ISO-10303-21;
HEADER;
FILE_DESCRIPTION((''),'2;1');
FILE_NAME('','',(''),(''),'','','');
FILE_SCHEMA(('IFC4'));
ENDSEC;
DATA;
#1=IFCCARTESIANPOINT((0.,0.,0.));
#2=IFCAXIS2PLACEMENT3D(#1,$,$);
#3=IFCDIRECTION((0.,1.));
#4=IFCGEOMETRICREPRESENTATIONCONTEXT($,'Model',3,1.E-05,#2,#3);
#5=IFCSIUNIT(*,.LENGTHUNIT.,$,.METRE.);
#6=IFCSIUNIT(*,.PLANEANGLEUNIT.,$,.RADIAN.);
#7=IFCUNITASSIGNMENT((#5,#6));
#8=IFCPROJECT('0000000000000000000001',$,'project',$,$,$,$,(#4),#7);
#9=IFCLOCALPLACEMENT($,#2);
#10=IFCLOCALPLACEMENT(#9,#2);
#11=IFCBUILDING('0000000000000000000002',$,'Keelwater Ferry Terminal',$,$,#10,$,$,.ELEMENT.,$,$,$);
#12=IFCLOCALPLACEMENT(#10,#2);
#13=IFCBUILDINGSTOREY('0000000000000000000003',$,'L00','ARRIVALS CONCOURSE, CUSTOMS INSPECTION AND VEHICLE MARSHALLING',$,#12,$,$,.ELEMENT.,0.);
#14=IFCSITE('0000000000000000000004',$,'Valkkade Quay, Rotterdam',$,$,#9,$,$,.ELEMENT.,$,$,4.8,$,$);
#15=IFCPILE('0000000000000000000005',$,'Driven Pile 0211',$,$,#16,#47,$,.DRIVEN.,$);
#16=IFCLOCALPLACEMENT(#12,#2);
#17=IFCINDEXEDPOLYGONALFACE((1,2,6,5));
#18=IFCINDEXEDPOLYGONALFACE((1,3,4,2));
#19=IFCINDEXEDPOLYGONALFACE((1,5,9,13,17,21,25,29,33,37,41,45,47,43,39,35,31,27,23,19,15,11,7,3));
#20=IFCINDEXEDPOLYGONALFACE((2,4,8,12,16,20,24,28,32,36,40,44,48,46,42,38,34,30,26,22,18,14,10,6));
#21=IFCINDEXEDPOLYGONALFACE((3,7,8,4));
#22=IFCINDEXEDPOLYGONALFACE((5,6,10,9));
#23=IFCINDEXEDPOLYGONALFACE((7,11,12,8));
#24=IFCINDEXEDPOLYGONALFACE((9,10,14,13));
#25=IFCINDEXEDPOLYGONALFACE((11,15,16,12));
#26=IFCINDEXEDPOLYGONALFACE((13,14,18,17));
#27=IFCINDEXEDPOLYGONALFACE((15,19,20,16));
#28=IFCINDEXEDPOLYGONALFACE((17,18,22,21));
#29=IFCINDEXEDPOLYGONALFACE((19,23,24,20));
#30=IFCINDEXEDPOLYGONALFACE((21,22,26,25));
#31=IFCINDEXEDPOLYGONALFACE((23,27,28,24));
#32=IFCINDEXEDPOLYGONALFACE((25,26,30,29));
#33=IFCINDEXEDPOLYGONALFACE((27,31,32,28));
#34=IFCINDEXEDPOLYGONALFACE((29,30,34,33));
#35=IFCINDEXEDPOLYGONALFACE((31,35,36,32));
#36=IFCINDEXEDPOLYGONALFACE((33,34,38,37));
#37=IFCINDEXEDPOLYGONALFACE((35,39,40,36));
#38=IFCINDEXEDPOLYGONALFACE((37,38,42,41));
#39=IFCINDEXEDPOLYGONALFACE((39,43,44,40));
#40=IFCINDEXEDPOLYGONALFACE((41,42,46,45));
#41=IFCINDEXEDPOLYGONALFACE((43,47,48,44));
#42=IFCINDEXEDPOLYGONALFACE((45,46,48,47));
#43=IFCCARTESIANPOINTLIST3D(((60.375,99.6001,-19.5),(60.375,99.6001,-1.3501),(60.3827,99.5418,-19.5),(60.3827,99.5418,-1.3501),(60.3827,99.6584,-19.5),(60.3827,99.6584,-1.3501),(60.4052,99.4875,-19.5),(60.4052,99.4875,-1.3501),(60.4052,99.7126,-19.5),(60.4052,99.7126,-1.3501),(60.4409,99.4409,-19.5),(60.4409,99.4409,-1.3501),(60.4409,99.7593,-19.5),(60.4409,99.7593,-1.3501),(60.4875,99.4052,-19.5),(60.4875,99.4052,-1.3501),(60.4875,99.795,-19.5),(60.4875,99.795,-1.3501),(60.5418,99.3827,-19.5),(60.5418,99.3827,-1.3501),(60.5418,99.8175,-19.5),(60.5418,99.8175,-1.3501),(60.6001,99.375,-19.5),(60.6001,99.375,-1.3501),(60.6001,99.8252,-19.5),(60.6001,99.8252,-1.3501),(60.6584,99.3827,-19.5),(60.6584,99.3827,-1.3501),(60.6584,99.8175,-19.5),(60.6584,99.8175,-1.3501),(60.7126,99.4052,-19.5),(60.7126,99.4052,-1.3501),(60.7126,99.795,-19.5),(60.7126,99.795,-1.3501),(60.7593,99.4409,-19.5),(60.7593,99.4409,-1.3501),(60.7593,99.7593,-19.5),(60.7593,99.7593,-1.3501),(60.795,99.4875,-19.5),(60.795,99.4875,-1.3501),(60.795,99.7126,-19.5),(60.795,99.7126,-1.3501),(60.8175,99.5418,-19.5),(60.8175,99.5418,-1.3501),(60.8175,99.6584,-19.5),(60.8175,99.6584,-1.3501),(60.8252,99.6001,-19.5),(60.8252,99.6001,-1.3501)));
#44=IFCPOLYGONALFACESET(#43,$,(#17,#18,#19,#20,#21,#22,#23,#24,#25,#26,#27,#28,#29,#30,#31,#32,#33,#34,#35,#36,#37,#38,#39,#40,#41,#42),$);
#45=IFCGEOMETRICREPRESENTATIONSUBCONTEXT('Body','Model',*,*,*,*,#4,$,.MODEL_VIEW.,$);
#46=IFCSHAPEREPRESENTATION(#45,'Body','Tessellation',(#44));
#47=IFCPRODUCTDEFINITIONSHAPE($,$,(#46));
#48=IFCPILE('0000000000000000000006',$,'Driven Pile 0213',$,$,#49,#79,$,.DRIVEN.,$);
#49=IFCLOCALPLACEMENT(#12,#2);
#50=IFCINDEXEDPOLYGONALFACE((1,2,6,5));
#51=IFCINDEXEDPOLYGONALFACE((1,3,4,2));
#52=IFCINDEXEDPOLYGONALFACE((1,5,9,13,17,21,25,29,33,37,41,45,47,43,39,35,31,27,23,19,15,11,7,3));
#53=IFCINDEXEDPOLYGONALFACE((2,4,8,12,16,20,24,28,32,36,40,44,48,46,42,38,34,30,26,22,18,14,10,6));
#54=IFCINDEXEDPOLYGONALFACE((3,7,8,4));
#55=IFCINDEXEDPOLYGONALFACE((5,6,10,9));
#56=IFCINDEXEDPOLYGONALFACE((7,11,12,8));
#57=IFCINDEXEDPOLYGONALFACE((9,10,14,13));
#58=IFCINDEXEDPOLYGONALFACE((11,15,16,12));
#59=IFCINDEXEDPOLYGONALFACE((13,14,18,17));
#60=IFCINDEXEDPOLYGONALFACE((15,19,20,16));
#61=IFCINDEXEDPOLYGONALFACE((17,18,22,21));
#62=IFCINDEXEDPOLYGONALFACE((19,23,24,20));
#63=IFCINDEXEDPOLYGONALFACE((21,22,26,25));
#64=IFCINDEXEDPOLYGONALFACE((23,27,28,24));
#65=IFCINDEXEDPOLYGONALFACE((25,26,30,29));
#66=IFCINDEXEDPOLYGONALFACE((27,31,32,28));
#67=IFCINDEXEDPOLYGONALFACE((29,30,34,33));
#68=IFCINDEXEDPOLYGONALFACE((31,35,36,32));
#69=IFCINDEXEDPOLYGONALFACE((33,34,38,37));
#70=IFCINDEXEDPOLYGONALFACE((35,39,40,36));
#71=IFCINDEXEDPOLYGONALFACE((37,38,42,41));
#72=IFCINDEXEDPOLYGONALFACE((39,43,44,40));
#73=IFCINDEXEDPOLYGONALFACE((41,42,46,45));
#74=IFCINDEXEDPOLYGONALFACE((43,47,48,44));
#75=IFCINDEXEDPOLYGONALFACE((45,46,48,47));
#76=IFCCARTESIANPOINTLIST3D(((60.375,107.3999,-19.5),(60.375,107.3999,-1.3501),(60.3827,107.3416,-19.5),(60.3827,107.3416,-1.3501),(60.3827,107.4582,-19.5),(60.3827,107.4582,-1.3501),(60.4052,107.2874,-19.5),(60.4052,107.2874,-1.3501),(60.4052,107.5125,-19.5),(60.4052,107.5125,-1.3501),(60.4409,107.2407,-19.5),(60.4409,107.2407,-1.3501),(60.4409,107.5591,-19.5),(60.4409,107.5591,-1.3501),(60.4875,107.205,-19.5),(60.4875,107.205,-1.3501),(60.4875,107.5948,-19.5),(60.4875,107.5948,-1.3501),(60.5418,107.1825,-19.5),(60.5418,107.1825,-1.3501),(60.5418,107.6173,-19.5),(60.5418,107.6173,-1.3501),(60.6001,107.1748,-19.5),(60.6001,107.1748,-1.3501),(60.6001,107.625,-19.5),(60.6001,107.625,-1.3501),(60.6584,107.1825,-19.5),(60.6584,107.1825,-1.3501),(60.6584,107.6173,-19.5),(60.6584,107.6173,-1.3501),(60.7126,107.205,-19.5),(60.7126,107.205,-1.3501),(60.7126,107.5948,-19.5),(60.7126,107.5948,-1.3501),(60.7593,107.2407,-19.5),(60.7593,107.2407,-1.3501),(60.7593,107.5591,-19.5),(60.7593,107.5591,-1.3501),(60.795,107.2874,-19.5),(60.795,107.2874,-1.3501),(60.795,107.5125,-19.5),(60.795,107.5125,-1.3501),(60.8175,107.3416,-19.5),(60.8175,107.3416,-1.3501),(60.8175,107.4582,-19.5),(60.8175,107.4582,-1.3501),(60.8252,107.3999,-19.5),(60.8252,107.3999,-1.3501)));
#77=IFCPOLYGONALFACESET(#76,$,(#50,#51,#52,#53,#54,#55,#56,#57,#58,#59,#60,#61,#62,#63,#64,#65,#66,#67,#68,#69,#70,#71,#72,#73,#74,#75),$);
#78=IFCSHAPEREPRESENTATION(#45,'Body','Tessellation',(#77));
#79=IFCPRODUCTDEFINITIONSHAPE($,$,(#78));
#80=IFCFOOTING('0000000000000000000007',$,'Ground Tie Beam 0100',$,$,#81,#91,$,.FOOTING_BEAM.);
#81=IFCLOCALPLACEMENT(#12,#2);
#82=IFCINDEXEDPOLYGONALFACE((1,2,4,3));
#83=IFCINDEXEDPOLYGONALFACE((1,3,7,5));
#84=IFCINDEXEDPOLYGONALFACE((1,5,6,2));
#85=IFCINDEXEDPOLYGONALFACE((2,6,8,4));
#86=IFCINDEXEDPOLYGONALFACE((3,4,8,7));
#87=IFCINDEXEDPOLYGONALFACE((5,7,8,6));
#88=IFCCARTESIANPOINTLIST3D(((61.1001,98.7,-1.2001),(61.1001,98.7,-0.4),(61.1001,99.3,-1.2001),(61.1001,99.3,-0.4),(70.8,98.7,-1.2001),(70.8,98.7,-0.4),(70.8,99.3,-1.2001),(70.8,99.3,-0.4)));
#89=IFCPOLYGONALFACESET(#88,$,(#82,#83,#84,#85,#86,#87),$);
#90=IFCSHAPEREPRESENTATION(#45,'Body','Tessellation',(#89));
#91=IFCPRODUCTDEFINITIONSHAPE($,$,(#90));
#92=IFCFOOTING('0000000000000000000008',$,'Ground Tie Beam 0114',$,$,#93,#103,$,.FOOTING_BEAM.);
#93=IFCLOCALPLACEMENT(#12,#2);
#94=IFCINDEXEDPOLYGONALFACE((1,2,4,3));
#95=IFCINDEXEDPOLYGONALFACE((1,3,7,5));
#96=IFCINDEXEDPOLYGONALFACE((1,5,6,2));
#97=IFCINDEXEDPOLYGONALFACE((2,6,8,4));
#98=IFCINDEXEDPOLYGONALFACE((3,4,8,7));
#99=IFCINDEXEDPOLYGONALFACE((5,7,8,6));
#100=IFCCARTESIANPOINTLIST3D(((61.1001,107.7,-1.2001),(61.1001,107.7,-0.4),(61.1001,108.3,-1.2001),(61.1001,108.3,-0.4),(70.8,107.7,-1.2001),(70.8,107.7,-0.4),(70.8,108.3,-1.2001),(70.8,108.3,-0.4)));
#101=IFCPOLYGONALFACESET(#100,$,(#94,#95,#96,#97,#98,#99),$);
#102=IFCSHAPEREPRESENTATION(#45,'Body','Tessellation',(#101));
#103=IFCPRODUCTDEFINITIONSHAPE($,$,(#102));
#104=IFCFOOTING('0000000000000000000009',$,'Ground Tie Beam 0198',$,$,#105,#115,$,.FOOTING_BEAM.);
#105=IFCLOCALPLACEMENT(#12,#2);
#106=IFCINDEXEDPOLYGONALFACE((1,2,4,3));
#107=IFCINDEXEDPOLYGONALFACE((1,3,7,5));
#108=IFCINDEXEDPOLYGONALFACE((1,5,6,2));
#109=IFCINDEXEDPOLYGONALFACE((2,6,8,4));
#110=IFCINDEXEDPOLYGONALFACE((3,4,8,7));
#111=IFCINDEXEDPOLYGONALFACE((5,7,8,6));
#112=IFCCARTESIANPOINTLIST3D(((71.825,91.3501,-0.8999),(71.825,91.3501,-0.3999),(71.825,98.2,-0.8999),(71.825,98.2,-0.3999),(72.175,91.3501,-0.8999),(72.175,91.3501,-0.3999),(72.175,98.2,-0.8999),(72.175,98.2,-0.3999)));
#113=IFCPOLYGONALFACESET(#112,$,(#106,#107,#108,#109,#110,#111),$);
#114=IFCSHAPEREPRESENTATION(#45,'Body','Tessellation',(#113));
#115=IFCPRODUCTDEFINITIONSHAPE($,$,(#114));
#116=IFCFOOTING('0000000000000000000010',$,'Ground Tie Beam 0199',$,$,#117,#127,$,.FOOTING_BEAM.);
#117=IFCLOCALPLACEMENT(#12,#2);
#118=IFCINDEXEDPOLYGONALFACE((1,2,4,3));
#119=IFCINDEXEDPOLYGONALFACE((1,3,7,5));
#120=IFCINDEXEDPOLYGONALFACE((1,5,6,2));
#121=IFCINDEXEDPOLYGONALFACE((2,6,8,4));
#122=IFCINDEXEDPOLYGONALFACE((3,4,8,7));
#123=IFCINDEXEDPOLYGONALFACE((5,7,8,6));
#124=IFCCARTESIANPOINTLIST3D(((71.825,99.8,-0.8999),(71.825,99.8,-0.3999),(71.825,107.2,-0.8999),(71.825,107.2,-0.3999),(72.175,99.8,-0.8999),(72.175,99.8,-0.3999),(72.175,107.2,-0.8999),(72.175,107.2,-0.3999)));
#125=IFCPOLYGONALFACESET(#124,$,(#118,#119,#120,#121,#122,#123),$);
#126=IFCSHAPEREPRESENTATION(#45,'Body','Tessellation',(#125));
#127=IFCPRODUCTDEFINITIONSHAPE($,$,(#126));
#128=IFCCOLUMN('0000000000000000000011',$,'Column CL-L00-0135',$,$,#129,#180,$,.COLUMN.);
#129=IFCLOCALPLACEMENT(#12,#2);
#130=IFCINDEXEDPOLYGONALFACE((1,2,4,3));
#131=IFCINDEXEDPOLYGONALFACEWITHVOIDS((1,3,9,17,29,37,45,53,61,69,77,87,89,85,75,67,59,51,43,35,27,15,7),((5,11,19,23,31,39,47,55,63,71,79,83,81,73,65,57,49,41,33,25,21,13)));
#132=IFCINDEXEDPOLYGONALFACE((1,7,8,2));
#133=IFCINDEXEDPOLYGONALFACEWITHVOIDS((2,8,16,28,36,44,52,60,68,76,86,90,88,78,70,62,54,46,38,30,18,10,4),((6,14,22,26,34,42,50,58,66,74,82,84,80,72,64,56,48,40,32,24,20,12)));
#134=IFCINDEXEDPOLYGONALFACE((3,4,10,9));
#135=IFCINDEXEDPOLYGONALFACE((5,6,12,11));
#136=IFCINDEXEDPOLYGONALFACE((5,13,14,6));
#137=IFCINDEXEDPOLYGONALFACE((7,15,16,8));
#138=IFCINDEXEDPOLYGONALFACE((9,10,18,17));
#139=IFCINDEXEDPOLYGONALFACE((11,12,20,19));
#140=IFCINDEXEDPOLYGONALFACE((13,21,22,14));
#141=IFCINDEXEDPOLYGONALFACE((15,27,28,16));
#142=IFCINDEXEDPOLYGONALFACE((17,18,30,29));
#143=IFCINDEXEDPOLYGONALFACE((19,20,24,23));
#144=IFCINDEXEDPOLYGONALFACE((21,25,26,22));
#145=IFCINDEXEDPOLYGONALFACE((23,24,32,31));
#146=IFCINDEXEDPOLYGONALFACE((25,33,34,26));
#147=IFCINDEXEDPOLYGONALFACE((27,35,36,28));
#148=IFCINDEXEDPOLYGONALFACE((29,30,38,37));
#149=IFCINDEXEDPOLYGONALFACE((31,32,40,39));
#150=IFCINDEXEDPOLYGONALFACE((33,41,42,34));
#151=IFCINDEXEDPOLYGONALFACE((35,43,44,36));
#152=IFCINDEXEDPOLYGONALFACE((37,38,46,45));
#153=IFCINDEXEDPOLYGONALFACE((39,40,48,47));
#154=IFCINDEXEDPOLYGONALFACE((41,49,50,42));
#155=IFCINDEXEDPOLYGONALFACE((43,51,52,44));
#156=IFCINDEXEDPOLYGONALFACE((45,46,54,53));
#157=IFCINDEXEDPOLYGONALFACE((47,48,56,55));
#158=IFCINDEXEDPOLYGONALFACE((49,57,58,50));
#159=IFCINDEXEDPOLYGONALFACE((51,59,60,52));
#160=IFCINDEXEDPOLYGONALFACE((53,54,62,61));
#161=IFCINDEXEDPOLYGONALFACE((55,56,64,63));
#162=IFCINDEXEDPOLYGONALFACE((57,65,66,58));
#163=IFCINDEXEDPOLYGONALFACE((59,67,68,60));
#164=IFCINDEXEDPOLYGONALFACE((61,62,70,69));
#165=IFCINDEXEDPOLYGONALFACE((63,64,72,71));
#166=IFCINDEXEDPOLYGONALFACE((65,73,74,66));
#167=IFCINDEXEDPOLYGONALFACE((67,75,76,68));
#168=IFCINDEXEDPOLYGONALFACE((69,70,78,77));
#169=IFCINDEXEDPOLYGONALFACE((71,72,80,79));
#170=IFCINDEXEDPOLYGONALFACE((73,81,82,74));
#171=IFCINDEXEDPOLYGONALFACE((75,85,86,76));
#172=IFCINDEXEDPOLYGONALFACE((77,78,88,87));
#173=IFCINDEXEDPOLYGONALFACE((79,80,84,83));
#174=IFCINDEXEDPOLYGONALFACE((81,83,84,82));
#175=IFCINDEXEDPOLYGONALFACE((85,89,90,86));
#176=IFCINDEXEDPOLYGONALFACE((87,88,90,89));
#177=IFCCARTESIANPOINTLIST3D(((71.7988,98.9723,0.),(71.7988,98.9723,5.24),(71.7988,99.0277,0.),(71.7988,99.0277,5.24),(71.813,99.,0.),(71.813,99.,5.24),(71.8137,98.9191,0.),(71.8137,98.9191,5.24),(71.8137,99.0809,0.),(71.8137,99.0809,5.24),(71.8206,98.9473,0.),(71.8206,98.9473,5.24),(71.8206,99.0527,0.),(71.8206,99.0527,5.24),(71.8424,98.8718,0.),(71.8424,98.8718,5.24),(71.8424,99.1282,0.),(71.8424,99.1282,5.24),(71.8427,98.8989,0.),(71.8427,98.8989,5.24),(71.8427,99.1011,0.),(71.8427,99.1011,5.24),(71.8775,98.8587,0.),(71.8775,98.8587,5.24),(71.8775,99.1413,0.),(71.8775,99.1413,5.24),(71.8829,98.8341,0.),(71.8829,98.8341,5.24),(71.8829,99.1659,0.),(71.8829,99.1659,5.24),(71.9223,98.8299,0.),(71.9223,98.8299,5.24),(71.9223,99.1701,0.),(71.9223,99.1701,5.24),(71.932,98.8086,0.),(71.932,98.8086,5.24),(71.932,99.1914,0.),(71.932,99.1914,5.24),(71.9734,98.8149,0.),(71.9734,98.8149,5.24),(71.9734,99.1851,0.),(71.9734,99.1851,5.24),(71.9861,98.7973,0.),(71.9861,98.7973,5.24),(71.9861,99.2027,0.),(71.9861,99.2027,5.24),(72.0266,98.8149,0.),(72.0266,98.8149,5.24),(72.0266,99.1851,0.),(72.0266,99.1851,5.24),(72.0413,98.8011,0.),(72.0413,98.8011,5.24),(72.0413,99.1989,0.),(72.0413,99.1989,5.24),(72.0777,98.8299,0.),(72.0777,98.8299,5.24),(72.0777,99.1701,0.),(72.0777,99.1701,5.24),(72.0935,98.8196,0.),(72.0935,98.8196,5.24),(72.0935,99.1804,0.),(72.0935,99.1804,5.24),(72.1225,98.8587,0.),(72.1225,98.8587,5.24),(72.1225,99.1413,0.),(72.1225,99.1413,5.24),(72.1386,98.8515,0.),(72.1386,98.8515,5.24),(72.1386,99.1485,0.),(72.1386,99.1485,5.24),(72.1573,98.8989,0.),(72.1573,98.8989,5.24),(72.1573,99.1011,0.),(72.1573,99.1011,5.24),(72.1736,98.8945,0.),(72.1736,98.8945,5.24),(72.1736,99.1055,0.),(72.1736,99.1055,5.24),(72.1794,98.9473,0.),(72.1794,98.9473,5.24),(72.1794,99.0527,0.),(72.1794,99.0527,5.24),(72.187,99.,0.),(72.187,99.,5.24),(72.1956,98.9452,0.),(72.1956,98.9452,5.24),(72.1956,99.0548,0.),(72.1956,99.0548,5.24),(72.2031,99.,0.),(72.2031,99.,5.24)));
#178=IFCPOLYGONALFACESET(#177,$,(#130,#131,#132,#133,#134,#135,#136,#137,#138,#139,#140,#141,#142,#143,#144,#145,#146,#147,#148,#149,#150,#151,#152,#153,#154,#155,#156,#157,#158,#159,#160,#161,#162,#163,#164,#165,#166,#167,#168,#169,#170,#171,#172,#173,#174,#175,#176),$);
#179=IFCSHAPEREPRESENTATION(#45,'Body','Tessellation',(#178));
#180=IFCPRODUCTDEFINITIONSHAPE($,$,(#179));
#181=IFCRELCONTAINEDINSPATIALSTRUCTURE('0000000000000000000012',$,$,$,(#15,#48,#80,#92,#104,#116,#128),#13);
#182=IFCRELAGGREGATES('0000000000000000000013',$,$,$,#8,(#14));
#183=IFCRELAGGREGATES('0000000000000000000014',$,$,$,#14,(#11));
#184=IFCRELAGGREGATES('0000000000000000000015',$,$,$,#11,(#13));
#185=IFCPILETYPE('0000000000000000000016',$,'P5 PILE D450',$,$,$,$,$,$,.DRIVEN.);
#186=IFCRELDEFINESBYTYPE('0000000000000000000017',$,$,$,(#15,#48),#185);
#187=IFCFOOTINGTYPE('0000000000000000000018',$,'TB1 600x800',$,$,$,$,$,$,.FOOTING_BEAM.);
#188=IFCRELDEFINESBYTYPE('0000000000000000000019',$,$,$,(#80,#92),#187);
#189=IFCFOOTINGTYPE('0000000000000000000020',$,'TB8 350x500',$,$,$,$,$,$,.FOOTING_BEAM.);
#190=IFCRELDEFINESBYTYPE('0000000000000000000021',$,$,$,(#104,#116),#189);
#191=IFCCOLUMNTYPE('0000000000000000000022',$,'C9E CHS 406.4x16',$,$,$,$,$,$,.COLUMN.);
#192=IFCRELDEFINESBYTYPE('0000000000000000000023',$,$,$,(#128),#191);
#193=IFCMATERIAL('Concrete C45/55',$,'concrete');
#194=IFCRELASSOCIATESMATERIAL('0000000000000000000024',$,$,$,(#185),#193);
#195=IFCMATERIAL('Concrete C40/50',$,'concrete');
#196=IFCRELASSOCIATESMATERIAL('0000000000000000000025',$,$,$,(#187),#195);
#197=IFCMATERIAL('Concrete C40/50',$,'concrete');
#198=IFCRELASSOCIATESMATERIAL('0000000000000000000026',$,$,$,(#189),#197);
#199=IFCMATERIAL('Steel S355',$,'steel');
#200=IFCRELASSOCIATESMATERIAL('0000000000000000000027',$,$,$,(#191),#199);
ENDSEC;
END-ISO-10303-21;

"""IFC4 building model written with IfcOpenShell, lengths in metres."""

from ifc_helpers import new_model, si_unit, direction, frame, origin, origin_2d, place, context, subcontext, project, spatial, rectangle, circle, hollow_circle, extrude, material, material_profile, profile_set, type_object, element, save


model = new_model("IFC4")

# Units and contexts
model_context = context("Model", 3, precision=1e-05, world=origin(), true_north=direction((0.0, 1.0)))
body_context = subcontext(model_context, "Body", "Model", "MODEL_VIEW")
ifc_project = project(units=[si_unit("LENGTHUNIT", "METRE"), si_unit("PLANEANGLEUNIT", "RADIAN")], contexts=[model_context])

# Site, building, storey
site_placement = place(None, origin())
site = spatial("IfcSite", under=ifc_project, at=site_placement, Name="Valkkade Quay, Rotterdam", CompositionType="ELEMENT", RefElevation=4.8)
building_placement = place(site_placement, origin())
building = spatial("IfcBuilding", under=site, at=building_placement, Name="Keelwater Ferry Terminal", CompositionType="ELEMENT")
storey_placement = place(building_placement, origin())
storey = spatial("IfcBuildingStorey", under=building, at=storey_placement, Name="L00", Description="ARRIVALS CONCOURSE, CUSTOMS INSPECTION AND VEHICLE MARSHALLING", CompositionType="ELEMENT", Elevation=0.0)

# Piles
ifc_material_1 = material(Name="Concrete C45/55", Category="concrete")
ifc_material_profile_1 = material_profile(ifc_material_1, circle(Radius=0.2251, at=origin_2d()), Name="PILE D450")
ifc_profile_set_1 = profile_set([ifc_material_profile_1], Name="Concrete C45/55")
pile_type_1 = type_object("IfcPileType", Name="P5 PILE D450", PredefinedType="DRIVEN", material=ifc_profile_set_1)
for number, where, z_axis, x_axis, name in (
    (1, (60.6001, 99.6001, -1.3501), (0.0, 0.0, -1.0), (1.0, 0.0, 0.0), "Driven Pile 0211"),
    (2, (60.6001, 107.3999, -1.3501), (0.0, 0.0, -1.0), (1.0, 0.0, 0.0), "Driven Pile 0213"),
):
    element("IfcPile", number, at=place(storey_placement, frame(where, z_axis=z_axis, x_axis=x_axis)), inside=storey, type_object=pile_type_1, Name=name, PredefinedType="DRIVEN", context=body_context, shape_type="SweptSolid", body=[
        extrude(circle(Radius=0.2251, at=origin_2d()), origin(), (0.0, 0.0, 1.0), 18.1499),
    ])

# Footings
ifc_material_2 = material(Name="Concrete C40/50", Category="concrete")
ifc_material_profile_2 = material_profile(ifc_material_2, rectangle(XDim=0.6001, YDim=0.8, at=origin_2d()), Name="TB 600x800")
ifc_profile_set_2 = profile_set([ifc_material_profile_2], Name="Concrete C40/50")
footing_type_1 = type_object("IfcFootingType", Name="TB1 600x800", PredefinedType="FOOTING_BEAM", material=ifc_profile_set_2)
for number, where, z_axis, x_axis, name in (
    (3, (61.1001, 99.0, -0.8), (1.0, 0.0, 0.0), (0.0, 1.0, 0.0), "Ground Tie Beam 0100"),
    (4, (61.1001, 108.0, -0.8), (1.0, 0.0, 0.0), (0.0, 1.0, 0.0), "Ground Tie Beam 0114"),
):
    element("IfcFooting", number, at=place(storey_placement, frame(where, z_axis=z_axis, x_axis=x_axis)), inside=storey, type_object=footing_type_1, Name=name, PredefinedType="FOOTING_BEAM", context=body_context, shape_type="SweptSolid", body=[
        extrude(rectangle(XDim=0.6001, YDim=0.8, at=origin_2d()), origin(), (0.0, 0.0, 1.0), 9.7),
    ])
ifc_material_3 = material(Name="Concrete C40/50", Category="concrete")
ifc_material_profile_3 = material_profile(ifc_material_3, rectangle(XDim=0.3501, YDim=0.5, at=origin_2d()), Name="TB 350x500")
ifc_profile_set_3 = profile_set([ifc_material_profile_3], Name="Concrete C40/50")
footing_type_2 = type_object("IfcFootingType", Name="TB8 350x500", PredefinedType="FOOTING_BEAM", material=ifc_profile_set_3)
footing_1_placement = place(storey_placement, frame((72.0, 91.3501, -0.6499), z_axis=(0.0, 1.0, 0.0), x_axis=(-1.0, 0.0, 0.0)))
element("IfcFooting", 5, at=footing_1_placement, inside=storey, type_object=footing_type_2, Name="Ground Tie Beam 0198", PredefinedType="FOOTING_BEAM", context=body_context, shape_type="SweptSolid", body=[
    extrude(rectangle(XDim=0.3501, YDim=0.5, at=origin_2d()), origin(), (0.0, 0.0, 1.0), 6.8499),
])
footing_2_placement = place(storey_placement, frame((72.0, 99.8, -0.6499), z_axis=(0.0, 1.0, 0.0), x_axis=(-1.0, 0.0, 0.0)))
element("IfcFooting", 6, at=footing_2_placement, inside=storey, type_object=footing_type_2, Name="Ground Tie Beam 0199", PredefinedType="FOOTING_BEAM", context=body_context, shape_type="SweptSolid", body=[
    extrude(rectangle(XDim=0.3501, YDim=0.5, at=origin_2d()), origin(), (0.0, 0.0, 1.0), 7.3999),
])

# Column
ifc_material_4 = material(Name="Steel S355", Category="steel")
ifc_material_profile_4 = material_profile(ifc_material_4, hollow_circle(Radius=0.2031, WallThickness=0.0161, at=origin_2d()), Name="CHS 406.4x16")
ifc_profile_set_4 = profile_set([ifc_material_profile_4], Name="Steel S355")
column_type = type_object("IfcColumnType", Name="C9E CHS 406.4x16", PredefinedType="COLUMN", material=ifc_profile_set_4)
for number, where, z_axis, x_axis, name in (
    (7, (72.0, 99.0, 0.0), (0.0, 0.0, 1.0), (1.0, 0.0, 0.0), "Column CL-L00-0135"),
):
    element("IfcColumn", number, at=place(storey_placement, frame(where, z_axis=z_axis, x_axis=x_axis)), inside=storey, type_object=column_type, Name=name, PredefinedType="COLUMN", context=body_context, shape_type="SweptSolid", body=[
        extrude(hollow_circle(Radius=0.2031, WallThickness=0.0161, at=origin_2d()), origin(), (0.0, 0.0, 1.0), 5.24),
    ])

save(model, "model.ifc")
